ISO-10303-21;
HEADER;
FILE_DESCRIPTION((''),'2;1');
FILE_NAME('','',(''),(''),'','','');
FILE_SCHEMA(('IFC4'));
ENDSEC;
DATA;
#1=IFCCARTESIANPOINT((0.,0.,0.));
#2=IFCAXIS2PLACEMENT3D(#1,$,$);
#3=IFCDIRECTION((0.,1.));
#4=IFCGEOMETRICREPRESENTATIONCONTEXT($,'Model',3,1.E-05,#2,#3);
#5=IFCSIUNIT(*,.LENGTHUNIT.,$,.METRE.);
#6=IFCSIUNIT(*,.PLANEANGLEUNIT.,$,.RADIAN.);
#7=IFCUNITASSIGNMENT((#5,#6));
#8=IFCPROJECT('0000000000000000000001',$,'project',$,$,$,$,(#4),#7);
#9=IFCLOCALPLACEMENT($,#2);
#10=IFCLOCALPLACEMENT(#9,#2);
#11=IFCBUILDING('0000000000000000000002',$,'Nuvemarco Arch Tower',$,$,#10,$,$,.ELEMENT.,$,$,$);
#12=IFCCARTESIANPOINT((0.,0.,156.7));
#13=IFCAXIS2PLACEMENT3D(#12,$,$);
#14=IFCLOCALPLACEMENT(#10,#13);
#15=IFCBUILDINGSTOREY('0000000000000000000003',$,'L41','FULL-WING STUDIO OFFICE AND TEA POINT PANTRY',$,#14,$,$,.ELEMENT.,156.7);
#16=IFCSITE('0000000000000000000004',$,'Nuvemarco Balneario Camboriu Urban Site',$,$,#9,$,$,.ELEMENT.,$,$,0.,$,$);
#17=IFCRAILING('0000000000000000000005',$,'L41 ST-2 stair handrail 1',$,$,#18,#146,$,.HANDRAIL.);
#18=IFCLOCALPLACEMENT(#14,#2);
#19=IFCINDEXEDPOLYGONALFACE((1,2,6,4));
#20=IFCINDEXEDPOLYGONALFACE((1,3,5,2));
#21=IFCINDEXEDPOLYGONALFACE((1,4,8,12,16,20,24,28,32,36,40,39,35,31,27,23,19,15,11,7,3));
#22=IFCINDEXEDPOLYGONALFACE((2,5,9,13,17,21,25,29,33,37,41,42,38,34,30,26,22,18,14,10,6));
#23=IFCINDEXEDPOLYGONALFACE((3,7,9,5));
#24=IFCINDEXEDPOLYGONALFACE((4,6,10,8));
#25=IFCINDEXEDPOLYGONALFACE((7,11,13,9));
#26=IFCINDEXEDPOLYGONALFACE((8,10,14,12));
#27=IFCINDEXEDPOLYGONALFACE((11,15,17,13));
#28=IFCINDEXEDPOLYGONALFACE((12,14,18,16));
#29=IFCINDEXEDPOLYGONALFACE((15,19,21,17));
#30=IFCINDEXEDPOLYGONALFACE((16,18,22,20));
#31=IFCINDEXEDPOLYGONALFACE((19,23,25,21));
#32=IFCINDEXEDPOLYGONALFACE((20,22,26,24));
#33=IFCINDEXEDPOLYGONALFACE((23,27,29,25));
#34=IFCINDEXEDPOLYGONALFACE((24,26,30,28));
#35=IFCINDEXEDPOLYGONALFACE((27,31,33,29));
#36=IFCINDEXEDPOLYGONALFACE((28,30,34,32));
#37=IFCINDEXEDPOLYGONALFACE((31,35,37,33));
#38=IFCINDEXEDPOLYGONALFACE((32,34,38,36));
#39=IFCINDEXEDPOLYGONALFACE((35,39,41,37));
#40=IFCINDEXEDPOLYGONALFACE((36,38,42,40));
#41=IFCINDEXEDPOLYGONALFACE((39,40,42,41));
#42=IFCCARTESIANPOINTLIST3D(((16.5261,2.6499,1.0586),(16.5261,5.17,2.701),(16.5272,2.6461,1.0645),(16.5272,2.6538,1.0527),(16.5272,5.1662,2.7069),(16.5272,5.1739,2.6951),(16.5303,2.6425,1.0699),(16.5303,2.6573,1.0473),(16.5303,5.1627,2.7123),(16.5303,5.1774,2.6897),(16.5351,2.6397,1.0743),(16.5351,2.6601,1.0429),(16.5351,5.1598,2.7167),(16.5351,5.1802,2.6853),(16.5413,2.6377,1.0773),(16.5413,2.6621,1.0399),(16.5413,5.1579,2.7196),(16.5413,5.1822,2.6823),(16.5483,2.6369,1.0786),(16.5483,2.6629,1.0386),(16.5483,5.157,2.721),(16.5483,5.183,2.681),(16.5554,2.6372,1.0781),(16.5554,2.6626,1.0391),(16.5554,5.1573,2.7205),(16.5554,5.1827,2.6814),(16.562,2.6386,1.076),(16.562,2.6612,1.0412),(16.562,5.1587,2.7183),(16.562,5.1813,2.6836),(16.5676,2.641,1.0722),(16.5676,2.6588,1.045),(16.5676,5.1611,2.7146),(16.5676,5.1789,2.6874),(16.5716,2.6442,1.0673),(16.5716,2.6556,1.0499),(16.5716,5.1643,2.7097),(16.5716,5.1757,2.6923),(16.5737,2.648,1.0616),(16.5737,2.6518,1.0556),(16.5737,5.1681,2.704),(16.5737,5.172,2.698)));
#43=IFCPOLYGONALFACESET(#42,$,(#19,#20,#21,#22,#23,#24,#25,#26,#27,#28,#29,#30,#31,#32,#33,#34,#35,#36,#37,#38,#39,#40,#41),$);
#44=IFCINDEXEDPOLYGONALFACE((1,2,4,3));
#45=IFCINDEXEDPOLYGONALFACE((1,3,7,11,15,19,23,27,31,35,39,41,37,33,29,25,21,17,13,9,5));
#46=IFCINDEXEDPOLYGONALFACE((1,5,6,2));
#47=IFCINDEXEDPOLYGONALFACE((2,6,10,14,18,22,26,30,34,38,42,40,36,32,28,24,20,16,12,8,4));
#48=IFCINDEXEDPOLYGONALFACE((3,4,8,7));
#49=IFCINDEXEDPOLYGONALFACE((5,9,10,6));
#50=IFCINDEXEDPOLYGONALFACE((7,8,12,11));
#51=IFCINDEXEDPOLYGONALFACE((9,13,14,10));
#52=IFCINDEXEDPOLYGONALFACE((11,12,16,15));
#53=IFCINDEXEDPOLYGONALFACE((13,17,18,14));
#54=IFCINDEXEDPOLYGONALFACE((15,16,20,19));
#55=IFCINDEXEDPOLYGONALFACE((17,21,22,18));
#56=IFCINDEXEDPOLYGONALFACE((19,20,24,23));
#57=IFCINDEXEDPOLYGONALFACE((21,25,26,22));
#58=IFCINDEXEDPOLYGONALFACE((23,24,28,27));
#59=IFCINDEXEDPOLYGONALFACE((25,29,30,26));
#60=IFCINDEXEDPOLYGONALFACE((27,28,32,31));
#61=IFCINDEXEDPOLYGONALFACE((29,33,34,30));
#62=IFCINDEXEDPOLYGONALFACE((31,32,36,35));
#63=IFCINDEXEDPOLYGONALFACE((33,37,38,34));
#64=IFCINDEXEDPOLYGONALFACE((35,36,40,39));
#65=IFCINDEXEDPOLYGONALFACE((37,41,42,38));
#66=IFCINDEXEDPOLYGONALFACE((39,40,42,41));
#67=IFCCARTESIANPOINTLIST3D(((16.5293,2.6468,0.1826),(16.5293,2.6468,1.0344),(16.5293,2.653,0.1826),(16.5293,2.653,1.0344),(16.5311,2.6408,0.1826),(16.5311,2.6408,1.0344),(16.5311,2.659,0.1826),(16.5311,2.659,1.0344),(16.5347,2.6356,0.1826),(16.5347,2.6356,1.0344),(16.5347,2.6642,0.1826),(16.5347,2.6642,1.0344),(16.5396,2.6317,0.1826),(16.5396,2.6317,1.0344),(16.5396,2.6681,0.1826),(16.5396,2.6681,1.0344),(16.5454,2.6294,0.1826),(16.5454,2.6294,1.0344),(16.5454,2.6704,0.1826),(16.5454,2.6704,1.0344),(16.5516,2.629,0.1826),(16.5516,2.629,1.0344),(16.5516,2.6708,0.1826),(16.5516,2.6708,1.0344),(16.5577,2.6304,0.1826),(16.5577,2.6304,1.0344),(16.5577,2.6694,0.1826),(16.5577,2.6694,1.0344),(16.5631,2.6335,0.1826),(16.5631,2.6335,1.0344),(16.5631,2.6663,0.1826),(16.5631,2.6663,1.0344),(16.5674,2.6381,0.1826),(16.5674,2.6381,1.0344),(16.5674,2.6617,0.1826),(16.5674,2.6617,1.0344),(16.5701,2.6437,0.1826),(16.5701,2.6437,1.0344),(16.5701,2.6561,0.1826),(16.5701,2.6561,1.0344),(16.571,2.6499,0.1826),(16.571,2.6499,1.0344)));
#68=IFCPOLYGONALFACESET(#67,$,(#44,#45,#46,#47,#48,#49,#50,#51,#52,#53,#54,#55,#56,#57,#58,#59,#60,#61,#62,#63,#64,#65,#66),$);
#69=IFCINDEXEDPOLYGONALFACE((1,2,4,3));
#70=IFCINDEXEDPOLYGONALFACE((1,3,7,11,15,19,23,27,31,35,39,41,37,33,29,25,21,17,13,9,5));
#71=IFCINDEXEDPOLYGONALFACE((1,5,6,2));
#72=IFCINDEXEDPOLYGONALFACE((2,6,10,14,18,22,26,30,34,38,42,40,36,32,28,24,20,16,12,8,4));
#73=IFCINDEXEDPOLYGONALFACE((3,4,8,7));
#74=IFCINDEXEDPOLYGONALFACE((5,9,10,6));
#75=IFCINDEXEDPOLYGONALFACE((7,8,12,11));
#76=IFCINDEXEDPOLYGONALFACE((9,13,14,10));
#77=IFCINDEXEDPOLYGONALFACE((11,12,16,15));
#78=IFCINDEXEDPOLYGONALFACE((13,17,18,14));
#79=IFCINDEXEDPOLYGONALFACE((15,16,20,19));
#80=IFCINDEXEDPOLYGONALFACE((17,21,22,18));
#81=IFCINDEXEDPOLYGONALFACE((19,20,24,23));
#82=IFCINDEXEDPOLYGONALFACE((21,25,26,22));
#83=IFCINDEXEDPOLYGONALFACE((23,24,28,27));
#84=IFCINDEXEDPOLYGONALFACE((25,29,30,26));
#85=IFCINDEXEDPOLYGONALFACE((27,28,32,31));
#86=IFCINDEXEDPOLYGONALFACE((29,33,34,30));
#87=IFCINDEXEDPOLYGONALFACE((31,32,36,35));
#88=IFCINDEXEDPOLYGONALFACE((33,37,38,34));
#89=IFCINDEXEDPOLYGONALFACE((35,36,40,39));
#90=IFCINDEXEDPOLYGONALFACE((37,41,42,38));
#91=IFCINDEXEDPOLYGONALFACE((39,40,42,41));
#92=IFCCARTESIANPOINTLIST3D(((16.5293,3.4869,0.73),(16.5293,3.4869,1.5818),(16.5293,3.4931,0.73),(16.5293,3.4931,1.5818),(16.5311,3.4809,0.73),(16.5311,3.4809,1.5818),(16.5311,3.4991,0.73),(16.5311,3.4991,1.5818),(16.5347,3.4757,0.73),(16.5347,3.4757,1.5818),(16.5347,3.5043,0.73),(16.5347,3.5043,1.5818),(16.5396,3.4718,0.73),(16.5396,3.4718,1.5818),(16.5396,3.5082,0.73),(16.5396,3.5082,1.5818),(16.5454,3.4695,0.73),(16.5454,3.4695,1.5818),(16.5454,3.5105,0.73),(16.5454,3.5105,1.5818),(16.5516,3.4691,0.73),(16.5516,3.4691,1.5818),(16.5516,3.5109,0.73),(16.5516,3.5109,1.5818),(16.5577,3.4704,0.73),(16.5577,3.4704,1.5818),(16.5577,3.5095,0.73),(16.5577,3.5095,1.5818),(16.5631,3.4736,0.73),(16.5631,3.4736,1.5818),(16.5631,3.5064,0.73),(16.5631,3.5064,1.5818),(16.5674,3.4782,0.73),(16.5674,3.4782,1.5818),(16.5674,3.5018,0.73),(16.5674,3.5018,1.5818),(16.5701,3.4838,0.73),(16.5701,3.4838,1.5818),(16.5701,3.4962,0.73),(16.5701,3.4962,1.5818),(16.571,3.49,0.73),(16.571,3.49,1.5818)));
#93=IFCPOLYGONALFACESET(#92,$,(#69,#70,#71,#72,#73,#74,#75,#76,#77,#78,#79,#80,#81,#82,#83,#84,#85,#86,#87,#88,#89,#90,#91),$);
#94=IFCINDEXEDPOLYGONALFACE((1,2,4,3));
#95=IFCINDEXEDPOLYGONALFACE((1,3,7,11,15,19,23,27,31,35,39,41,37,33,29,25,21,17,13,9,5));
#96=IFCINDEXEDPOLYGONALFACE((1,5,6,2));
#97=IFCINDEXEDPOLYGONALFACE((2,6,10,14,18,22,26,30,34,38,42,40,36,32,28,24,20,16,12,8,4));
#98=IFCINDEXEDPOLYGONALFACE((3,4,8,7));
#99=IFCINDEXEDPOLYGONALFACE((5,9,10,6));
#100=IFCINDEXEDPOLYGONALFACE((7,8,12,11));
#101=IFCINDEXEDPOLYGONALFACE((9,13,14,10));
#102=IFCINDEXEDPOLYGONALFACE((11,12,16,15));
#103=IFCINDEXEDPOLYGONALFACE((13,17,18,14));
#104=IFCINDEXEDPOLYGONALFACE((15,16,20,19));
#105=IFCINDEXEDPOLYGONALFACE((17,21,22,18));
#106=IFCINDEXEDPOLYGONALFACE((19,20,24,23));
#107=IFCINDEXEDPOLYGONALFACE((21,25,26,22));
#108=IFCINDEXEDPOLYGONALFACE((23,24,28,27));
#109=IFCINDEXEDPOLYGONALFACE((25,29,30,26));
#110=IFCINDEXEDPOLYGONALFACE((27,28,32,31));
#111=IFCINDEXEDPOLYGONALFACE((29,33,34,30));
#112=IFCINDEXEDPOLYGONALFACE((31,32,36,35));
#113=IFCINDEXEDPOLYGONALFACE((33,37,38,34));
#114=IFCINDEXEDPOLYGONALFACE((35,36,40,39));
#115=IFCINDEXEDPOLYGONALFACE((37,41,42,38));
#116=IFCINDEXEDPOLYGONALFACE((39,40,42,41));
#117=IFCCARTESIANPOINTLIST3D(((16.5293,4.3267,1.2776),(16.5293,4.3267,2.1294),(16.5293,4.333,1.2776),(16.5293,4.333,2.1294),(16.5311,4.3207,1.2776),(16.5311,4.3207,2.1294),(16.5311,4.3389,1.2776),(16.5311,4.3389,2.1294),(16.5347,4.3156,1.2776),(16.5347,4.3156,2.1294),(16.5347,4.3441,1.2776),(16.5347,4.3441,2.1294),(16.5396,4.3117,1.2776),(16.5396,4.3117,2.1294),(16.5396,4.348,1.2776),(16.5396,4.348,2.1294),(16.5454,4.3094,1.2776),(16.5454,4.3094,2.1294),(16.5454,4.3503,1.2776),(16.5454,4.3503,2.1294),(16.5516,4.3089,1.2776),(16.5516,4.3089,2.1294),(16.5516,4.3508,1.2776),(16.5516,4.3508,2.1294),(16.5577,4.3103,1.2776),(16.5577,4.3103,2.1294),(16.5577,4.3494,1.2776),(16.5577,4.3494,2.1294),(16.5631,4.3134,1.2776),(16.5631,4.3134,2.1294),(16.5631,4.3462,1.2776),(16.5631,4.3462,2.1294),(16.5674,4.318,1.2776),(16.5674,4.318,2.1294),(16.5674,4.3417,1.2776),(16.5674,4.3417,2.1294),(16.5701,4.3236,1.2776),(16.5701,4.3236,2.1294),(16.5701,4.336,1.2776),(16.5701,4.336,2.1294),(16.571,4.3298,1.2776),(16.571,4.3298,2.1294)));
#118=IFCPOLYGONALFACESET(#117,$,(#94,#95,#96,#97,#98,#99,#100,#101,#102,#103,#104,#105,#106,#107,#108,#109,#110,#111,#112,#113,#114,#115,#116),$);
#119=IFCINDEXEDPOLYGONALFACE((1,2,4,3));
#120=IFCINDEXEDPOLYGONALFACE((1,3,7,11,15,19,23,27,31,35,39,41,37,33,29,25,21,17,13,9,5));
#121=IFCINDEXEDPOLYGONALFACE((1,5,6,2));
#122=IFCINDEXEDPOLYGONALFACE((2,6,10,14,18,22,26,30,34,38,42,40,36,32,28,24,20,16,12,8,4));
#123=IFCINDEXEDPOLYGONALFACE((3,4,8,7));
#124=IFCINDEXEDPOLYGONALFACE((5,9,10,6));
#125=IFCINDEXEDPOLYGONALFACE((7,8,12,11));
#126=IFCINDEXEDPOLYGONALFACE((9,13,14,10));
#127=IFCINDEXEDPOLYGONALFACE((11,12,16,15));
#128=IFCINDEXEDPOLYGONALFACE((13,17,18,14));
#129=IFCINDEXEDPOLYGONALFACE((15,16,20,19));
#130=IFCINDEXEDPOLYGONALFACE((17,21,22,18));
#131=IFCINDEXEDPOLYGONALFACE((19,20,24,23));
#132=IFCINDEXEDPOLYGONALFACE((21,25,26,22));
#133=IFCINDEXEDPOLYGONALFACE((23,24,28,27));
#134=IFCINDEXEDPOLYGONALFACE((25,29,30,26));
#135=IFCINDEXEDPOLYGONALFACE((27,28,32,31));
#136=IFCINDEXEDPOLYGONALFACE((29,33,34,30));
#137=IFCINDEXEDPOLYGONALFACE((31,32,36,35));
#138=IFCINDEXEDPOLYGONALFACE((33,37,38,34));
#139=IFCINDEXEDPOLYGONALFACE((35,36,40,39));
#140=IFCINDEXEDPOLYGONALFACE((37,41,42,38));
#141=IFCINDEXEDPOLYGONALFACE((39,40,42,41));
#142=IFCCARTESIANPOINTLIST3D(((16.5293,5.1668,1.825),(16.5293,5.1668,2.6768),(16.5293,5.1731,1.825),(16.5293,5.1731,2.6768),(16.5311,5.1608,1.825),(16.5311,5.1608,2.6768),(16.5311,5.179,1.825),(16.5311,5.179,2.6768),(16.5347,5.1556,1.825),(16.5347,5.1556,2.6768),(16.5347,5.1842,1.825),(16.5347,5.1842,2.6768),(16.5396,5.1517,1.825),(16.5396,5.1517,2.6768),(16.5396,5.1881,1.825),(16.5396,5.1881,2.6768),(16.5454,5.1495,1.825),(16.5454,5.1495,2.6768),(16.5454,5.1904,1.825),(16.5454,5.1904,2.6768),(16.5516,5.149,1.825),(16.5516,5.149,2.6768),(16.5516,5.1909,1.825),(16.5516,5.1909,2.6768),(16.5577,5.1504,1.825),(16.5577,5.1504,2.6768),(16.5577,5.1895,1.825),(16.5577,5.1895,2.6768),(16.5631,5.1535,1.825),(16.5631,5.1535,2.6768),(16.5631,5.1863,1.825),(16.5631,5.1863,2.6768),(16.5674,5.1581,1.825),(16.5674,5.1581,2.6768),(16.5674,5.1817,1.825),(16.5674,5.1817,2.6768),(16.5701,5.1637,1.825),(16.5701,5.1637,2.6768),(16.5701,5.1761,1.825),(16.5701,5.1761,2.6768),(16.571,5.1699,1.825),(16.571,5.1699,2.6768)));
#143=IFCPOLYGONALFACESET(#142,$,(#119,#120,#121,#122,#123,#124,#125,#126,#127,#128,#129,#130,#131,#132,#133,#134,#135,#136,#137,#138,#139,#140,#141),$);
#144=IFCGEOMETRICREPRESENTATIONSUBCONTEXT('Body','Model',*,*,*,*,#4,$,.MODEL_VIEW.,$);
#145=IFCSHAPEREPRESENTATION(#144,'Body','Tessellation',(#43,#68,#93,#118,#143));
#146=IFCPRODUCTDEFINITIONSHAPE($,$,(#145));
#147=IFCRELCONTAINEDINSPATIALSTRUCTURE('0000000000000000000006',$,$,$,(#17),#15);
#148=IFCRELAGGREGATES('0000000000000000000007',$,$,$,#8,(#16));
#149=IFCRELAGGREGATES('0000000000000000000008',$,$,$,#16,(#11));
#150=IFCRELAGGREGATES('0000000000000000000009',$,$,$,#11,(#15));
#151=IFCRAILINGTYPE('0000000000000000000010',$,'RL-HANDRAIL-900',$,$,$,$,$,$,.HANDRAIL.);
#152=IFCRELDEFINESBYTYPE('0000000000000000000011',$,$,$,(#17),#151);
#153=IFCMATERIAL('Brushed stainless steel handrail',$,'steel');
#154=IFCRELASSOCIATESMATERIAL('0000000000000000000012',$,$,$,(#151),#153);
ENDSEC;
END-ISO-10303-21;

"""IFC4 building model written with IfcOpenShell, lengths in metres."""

from ifc_helpers import new_model, si_unit, direction, frame, origin, origin_2d, place, context, subcontext, project, spatial, circle, extrude, material, type_object, element, save


model = new_model("IFC4")

# Units and contexts
model_context = context("Model", 3, precision=1e-05, world=origin(), true_north=direction((0.0, 1.0)))
body_context = subcontext(model_context, "Body", "Model", "MODEL_VIEW")
ifc_project = project(units=[si_unit("LENGTHUNIT", "METRE"), si_unit("PLANEANGLEUNIT", "RADIAN")], contexts=[model_context])

# Site, building, storey
site_placement = place(None, origin())
site = spatial("IfcSite", under=ifc_project, at=site_placement, Name="Nuvemarco Balneario Camboriu Urban Site", CompositionType="ELEMENT", RefElevation=0.0)
building_placement = place(site_placement, origin())
building = spatial("IfcBuilding", under=site, at=building_placement, Name="Nuvemarco Arch Tower", CompositionType="ELEMENT")
storey_placement = place(building_placement, frame((0.0, 0.0, 156.7)))
storey = spatial("IfcBuildingStorey", under=building, at=storey_placement, Name="L41", Description="FULL-WING STUDIO OFFICE AND TEA POINT PANTRY", CompositionType="ELEMENT", Elevation=156.7)

# Railing
ifc_material_1 = material(Name="Brushed stainless steel handrail", Category="steel")
railing_type_1 = type_object("IfcRailingType", Name="RL-HANDRAIL-900", PredefinedType="HANDRAIL", material=ifc_material_1)
railing_1_placement = place(storey_placement, frame((16.55, 2.6499, 0.1826)))
element("IfcRailing", 1, at=railing_1_placement, inside=storey, type_object=railing_type_1, Name="L41 ST-2 stair handrail 1", PredefinedType="HANDRAIL", context=body_context, shape_type="SweptSolid", body=[
    extrude(circle(Radius=0.0239, at=origin_2d()), frame((0.0, 0.0, 0.876), z_axis=(0.0, 0.837787, 0.545998), x_axis=(-1.0, 0.0, 0.0)), (0.0, 0.0, 1.0), 3.0081),
    extrude(circle(Radius=0.021, at=origin_2d()), origin(), (0.0, 0.0, 1.0), 0.8518),
    extrude(circle(Radius=0.021, at=origin_2d()), frame((0.0, 0.8401, 0.5474)), (0.0, 0.0, 1.0), 0.8518),
    extrude(circle(Radius=0.021, at=origin_2d()), frame((0.0, 1.6799, 1.095)), (0.0, 0.0, 1.0), 0.8518),
    extrude(circle(Radius=0.021, at=origin_2d()), frame((0.0, 2.52, 1.6423)), (0.0, 0.0, 1.0), 0.8518),
])

save(model, "model.ifc")
